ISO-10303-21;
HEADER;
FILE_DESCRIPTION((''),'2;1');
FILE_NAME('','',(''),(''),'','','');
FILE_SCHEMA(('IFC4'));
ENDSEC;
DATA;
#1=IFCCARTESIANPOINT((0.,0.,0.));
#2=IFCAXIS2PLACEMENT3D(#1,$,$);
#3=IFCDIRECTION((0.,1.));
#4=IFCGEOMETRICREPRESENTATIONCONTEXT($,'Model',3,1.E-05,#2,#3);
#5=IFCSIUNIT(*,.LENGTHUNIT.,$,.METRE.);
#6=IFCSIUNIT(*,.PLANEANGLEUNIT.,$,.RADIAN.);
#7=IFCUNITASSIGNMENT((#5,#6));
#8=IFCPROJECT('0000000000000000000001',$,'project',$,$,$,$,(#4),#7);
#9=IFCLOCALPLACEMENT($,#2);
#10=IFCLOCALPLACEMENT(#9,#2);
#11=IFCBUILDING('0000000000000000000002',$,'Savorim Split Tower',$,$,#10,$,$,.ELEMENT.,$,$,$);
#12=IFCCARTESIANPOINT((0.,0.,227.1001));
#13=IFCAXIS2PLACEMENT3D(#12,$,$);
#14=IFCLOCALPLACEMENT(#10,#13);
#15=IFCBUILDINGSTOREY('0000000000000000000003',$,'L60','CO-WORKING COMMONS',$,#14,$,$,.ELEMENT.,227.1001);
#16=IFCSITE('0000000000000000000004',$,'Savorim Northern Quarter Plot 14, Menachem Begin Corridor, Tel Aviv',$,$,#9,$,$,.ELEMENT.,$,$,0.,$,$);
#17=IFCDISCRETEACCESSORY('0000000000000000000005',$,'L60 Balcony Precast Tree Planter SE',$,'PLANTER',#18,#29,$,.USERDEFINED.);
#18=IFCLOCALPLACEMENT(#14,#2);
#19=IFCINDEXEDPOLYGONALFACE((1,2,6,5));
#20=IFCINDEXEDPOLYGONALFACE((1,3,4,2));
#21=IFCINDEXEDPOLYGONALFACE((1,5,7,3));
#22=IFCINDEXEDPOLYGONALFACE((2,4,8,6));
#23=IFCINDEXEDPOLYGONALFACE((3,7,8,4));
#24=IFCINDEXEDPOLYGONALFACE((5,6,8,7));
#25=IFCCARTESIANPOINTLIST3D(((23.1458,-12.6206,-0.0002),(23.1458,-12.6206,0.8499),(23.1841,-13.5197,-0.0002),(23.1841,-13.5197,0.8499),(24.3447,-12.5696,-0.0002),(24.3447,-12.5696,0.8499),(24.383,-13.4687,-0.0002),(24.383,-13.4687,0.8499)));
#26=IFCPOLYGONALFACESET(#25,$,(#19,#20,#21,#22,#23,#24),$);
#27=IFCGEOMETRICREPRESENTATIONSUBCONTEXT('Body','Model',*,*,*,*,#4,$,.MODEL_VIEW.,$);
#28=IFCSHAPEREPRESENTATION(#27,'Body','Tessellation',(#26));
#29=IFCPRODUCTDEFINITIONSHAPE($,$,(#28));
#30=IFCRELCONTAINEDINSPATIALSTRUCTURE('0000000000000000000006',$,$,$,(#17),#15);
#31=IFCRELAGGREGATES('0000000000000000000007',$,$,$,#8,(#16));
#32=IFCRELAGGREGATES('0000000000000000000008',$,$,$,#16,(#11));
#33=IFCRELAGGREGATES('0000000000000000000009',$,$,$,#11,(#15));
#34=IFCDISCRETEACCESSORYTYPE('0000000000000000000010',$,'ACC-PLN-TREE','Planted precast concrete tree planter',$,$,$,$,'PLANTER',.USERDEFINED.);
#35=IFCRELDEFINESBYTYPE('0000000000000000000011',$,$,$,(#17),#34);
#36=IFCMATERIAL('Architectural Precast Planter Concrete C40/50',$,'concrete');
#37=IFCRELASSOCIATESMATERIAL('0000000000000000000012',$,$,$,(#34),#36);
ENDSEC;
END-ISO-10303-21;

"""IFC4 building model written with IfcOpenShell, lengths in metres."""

from ifc_helpers import new_model, si_unit, direction, frame, origin, origin_2d, place, context, subcontext, project, spatial, rectangle, extrude, material, type_object, element, save


model = new_model("IFC4")

# Units and contexts
model_context = context("Model", 3, precision=1e-05, world=origin(), true_north=direction((0.0, 1.0)))
body_context = subcontext(model_context, "Body", "Model", "MODEL_VIEW")
ifc_project = project(units=[si_unit("LENGTHUNIT", "METRE"), si_unit("PLANEANGLEUNIT", "RADIAN")], contexts=[model_context])

# Site, building, storey
site_placement = place(None, origin())
site = spatial("IfcSite", under=ifc_project, at=site_placement, Name="Savorim Northern Quarter Plot 14, Menachem Begin Corridor, Tel Aviv", CompositionType="ELEMENT", RefElevation=0.0)
building_placement = place(site_placement, origin())
building = spatial("IfcBuilding", under=site, at=building_placement, Name="Savorim Split Tower", CompositionType="ELEMENT")
storey_placement = place(building_placement, frame((0.0, 0.0, 227.1001)))
storey = spatial("IfcBuildingStorey", under=building, at=storey_placement, Name="L60", Description="CO-WORKING COMMONS", CompositionType="ELEMENT", Elevation=227.1001)

# Discrete accessory
ifc_material_1 = material(Name="Architectural Precast Planter Concrete C40/50", Category="concrete")
discrete_accessory_type_1 = type_object("IfcDiscreteAccessoryType", Name="ACC-PLN-TREE", Description="Planted precast concrete tree planter", ElementType="PLANTER", PredefinedType="USERDEFINED", material=ifc_material_1)
discrete_accessory_placement = place(storey_placement, frame((23.7644, -13.0447, -0.0002), z_axis=(0.0, 0.0, 1.0), x_axis=(0.999096, 0.042516, 0.0)))
element("IfcDiscreteAccessory", 1, at=discrete_accessory_placement, inside=storey, type_object=discrete_accessory_type_1, Name="L60 Balcony Precast Tree Planter SE", ObjectType="PLANTER", PredefinedType="USERDEFINED", context=body_context, shape_type="SweptSolid", body=[
    extrude(rectangle(XDim=1.2, YDim=0.8999, at=origin_2d()), origin(), (0.0, 0.0, 1.0), 0.8501),
])

save(model, "model.ifc")
